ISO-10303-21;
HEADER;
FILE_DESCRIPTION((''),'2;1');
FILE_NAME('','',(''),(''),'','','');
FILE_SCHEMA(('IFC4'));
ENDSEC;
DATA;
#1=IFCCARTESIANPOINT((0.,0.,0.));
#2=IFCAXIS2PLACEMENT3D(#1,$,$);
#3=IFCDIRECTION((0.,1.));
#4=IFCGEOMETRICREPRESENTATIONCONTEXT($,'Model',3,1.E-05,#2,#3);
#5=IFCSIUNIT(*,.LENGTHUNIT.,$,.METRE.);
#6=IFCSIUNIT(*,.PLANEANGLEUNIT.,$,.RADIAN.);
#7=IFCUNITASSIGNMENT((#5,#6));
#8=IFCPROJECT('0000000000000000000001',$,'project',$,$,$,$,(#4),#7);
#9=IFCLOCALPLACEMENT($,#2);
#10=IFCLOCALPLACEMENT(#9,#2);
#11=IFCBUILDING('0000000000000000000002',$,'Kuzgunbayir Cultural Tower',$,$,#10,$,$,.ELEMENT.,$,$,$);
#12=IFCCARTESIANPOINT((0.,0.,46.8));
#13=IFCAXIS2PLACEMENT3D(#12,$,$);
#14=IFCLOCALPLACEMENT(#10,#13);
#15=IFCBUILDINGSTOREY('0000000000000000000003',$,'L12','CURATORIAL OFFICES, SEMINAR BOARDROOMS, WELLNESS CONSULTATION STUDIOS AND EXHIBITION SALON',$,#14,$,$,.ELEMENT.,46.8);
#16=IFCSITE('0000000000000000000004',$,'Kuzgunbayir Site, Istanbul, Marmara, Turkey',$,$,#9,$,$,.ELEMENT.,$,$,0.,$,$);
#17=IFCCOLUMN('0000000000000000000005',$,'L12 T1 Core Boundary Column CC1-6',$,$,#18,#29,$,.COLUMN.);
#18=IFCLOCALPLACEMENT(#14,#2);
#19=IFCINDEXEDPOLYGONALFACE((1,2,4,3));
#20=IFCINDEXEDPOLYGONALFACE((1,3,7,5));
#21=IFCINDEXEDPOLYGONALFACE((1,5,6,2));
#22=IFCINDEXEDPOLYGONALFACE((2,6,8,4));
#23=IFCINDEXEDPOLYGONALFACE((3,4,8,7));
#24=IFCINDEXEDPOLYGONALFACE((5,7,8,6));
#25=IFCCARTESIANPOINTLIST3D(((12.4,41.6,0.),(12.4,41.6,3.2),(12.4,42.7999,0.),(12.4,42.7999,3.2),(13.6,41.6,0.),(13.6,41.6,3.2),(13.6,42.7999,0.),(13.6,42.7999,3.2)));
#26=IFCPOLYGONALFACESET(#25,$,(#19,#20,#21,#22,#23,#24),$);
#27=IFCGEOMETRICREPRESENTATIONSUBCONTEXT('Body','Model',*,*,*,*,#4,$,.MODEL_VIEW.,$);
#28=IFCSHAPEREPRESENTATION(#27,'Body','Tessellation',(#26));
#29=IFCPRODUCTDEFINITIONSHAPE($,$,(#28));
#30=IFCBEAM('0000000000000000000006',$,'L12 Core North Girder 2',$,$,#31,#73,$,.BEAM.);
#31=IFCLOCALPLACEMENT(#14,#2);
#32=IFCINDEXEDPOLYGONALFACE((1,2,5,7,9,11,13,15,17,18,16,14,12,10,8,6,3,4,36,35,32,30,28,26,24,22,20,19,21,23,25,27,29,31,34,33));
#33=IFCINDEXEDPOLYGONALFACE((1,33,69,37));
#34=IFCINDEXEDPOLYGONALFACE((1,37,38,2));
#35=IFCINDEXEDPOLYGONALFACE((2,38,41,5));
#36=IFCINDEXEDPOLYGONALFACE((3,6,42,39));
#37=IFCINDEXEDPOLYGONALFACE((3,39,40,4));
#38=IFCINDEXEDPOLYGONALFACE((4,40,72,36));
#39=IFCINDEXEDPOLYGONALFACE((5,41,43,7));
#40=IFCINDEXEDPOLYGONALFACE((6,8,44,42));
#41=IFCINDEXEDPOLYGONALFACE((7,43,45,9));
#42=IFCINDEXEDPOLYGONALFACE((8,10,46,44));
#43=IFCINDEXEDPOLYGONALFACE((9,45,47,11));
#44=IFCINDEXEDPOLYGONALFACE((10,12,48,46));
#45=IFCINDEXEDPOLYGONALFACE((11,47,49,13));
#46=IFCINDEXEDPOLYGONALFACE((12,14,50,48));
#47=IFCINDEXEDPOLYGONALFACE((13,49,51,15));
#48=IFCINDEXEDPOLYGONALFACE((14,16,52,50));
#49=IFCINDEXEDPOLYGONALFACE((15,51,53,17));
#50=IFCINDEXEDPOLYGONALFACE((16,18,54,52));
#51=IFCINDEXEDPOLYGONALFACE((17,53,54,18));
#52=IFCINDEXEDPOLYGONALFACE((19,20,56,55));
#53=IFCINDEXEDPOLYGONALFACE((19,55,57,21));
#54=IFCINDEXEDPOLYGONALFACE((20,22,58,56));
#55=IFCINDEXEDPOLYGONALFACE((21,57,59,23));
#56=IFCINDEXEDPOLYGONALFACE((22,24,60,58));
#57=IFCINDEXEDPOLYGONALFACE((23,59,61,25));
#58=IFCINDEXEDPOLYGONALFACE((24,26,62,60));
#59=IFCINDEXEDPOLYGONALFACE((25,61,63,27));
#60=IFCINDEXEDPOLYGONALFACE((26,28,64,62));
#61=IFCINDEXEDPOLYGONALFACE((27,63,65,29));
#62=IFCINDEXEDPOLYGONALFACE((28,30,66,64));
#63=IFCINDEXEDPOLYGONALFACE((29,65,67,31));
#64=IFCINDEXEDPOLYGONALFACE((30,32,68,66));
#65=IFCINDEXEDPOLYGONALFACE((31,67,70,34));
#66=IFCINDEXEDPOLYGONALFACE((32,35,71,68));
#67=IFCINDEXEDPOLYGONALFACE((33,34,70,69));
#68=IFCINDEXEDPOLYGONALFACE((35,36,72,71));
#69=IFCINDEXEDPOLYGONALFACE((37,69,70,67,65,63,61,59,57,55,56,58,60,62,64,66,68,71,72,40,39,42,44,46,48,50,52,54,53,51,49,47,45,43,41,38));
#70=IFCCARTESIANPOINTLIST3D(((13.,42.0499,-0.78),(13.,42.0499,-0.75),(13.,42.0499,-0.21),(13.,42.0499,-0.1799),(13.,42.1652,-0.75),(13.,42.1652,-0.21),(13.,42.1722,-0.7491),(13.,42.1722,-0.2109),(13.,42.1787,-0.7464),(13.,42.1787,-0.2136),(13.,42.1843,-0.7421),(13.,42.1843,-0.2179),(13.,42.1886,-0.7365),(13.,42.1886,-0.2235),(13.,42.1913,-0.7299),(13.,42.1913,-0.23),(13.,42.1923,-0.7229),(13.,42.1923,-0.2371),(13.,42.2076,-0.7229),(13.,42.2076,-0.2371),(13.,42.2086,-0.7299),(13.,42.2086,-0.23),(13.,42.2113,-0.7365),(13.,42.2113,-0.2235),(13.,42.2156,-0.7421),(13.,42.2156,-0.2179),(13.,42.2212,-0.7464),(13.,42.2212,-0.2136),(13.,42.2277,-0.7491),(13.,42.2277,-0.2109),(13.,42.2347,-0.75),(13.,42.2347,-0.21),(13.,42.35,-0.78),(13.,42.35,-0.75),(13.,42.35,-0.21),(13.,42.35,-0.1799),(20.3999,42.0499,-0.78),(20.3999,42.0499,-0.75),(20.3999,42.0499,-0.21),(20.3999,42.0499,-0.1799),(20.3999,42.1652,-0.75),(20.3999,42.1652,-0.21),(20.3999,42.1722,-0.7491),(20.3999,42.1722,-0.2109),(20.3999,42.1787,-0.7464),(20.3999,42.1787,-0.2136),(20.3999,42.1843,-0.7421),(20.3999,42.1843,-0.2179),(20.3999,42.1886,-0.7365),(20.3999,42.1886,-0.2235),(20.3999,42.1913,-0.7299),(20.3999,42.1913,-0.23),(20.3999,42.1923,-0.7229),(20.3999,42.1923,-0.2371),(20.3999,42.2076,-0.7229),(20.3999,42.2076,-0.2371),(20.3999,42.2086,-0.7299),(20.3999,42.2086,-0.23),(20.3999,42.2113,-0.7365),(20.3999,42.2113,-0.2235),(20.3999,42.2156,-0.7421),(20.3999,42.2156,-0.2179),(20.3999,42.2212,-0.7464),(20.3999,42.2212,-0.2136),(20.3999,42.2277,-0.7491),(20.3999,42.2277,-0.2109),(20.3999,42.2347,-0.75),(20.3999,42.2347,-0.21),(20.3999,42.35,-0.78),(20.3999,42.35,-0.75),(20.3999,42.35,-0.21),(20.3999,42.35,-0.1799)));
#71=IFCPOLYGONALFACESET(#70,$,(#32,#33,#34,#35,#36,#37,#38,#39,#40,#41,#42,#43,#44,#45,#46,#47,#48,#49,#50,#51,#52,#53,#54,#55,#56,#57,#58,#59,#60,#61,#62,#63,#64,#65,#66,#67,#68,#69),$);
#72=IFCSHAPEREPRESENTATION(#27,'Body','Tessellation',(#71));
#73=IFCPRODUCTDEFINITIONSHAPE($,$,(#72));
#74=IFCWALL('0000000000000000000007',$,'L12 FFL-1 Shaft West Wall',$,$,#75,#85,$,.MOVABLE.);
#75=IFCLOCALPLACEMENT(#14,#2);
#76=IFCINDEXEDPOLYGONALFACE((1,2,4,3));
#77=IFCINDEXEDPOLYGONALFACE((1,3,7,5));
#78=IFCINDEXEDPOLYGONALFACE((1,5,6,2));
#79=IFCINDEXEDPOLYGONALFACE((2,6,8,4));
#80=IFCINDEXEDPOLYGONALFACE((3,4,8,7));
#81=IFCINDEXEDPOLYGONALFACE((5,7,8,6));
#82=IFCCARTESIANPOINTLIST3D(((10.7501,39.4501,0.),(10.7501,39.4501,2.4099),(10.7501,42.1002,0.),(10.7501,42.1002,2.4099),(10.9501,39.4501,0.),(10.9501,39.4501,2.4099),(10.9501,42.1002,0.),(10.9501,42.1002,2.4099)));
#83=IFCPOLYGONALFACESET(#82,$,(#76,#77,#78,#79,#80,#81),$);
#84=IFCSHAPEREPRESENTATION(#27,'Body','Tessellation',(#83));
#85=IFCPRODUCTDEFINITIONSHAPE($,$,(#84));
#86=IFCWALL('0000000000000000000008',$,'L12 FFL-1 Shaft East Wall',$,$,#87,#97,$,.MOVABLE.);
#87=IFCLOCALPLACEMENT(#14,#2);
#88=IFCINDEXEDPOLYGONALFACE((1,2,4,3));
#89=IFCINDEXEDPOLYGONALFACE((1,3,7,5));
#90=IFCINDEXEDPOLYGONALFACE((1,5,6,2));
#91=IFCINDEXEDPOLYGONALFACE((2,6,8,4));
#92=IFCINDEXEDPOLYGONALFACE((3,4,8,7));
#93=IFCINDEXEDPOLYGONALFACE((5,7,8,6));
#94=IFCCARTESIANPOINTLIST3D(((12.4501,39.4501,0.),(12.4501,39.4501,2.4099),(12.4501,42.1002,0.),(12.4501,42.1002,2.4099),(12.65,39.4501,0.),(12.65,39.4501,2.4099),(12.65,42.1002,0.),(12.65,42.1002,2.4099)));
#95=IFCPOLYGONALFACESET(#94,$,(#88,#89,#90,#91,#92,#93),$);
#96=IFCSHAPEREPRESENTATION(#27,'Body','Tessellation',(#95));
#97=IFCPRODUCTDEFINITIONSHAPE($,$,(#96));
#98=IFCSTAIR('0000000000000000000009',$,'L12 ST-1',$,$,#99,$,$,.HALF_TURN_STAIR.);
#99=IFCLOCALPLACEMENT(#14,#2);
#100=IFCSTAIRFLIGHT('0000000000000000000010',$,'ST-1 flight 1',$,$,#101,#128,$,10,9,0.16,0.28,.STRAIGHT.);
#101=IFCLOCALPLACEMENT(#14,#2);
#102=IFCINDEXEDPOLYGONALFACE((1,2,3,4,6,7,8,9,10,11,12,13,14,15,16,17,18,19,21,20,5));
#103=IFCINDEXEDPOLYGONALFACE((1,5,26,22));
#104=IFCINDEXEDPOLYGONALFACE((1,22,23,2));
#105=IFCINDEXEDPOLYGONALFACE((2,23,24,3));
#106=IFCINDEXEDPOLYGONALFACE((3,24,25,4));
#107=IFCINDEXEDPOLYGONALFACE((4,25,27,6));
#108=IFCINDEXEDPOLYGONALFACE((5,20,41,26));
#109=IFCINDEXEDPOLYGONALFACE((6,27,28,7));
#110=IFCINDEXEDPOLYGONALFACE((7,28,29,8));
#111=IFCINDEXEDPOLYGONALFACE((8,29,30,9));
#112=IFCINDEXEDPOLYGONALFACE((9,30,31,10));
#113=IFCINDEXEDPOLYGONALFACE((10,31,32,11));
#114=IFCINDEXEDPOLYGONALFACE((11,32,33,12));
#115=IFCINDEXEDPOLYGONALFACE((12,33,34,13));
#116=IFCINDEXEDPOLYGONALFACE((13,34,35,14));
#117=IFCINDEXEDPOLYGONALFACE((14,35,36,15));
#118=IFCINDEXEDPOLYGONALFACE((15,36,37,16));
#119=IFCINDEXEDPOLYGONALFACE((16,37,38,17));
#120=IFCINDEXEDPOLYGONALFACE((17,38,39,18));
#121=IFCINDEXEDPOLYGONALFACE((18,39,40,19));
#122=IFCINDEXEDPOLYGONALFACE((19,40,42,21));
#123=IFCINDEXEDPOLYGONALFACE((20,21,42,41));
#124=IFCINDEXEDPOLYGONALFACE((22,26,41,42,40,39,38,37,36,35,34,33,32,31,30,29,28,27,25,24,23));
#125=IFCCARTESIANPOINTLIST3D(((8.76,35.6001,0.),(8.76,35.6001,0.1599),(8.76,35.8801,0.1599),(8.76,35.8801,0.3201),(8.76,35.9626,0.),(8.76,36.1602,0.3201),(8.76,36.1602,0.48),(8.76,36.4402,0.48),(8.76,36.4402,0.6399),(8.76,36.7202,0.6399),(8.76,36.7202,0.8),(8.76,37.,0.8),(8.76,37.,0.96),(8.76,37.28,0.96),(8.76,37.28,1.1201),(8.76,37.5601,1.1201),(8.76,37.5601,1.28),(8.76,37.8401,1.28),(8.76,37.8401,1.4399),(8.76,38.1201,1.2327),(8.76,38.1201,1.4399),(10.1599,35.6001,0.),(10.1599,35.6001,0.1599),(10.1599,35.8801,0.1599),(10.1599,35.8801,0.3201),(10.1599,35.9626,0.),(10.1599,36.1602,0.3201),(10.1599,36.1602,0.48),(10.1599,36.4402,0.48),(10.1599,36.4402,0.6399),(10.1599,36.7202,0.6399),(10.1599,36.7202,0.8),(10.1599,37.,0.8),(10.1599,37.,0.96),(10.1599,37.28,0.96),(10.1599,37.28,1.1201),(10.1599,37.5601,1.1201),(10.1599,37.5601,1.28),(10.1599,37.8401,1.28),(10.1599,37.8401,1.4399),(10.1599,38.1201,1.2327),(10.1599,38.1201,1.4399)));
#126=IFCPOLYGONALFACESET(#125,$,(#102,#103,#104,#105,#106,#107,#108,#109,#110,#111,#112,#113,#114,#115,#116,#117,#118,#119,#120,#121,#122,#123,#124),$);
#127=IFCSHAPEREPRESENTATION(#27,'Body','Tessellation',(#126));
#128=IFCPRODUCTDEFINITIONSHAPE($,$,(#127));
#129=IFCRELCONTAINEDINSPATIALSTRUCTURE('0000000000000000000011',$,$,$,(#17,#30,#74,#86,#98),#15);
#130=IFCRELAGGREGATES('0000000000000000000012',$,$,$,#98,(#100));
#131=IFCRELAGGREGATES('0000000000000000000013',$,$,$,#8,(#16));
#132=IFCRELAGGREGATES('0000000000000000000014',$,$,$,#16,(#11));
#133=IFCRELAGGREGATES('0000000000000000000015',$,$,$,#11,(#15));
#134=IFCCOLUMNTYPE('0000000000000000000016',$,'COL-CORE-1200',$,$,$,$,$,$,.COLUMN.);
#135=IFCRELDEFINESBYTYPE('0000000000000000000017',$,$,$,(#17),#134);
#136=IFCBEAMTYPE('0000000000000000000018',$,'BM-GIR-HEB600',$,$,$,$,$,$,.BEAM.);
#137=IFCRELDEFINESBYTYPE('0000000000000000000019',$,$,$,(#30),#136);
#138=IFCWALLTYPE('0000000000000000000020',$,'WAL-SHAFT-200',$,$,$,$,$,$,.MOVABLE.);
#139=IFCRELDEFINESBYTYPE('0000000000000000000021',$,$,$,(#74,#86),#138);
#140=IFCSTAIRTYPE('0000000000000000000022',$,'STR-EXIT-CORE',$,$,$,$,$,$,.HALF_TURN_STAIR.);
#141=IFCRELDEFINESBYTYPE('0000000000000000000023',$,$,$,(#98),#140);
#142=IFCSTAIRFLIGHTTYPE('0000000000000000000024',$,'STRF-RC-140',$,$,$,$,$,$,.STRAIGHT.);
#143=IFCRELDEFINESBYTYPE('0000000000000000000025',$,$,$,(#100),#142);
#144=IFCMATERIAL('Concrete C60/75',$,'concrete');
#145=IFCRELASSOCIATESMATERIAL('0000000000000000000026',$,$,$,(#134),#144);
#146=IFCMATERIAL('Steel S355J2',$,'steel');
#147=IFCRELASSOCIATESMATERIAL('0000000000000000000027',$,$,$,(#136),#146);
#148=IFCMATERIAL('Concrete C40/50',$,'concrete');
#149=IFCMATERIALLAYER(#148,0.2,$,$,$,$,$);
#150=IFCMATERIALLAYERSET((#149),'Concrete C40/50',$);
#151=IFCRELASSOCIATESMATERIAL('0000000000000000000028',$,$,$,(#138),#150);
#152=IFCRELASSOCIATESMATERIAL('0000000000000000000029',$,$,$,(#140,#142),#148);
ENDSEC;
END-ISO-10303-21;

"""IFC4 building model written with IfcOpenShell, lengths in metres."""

from ifc_helpers import new_model, si_unit, direction, frame, frame_2d, origin, origin_2d, place, context, subcontext, project, spatial, polyline, rectangle, i_section, outline, extrude, material, layer, layer_set, material_profile, profile_set, type_object, element, aggregate, save


model = new_model("IFC4")

# Units and contexts
model_context = context("Model", 3, precision=1e-05, world=origin(), true_north=direction((0.0, 1.0)))
body_context = subcontext(model_context, "Body", "Model", "MODEL_VIEW")
ifc_project = project(units=[si_unit("LENGTHUNIT", "METRE"), si_unit("PLANEANGLEUNIT", "RADIAN")], contexts=[model_context])

# Site, building, storey
site_placement = place(None, origin())
site = spatial("IfcSite", under=ifc_project, at=site_placement, Name="Kuzgunbayir Site, Istanbul, Marmara, Turkey", CompositionType="ELEMENT", RefElevation=0.0)
building_placement = place(site_placement, origin())
building = spatial("IfcBuilding", under=site, at=building_placement, Name="Kuzgunbayir Cultural Tower", CompositionType="ELEMENT")
storey_placement = place(building_placement, frame((0.0, 0.0, 46.8)))
storey = spatial("IfcBuildingStorey", under=building, at=storey_placement, Name="L12", Description="CURATORIAL OFFICES, SEMINAR BOARDROOMS, WELLNESS CONSULTATION STUDIOS AND EXHIBITION SALON", CompositionType="ELEMENT", Elevation=46.8)

# Column
ifc_material_1 = material(Name="Concrete C60/75", Category="concrete")
ifc_material_profile_1 = material_profile(ifc_material_1, rectangle(XDim=1.2, YDim=1.2, at=origin_2d()), Name="RC 1200x1200")
ifc_profile_set_1 = profile_set([ifc_material_profile_1], Name="Concrete C60/75")
column_type = type_object("IfcColumnType", Name="COL-CORE-1200", PredefinedType="COLUMN", material=ifc_profile_set_1)
column_placement = place(storey_placement, frame((13.0, 42.2, 0.0), z_axis=(0.0, 0.0, 1.0), x_axis=(1.0, 0.0, 0.0)))
element("IfcColumn", 1, at=column_placement, inside=storey, type_object=column_type, Name="L12 T1 Core Boundary Column CC1-6", PredefinedType="COLUMN", context=body_context, shape_type="SweptSolid", body=[
    extrude(rectangle(XDim=1.2, YDim=1.2, at=origin_2d()), origin(), (0.0, 0.0, 1.0), 3.2),
])

# Beam
ifc_material_2 = material(Name="Steel S355J2", Category="steel")
ifc_material_profile_2 = material_profile(ifc_material_2, i_section(OverallWidth=0.3, OverallDepth=0.6001, WebThickness=0.0154, FlangeThickness=0.03, FilletRadius=0.0271, at=origin_2d()), Name="HEB 600")
ifc_profile_set_2 = profile_set([ifc_material_profile_2], Name="Steel S355J2")
beam_type = type_object("IfcBeamType", Name="BM-GIR-HEB600", PredefinedType="BEAM", material=ifc_profile_set_2)
beam_placement = place(storey_placement, frame((13.0, 42.2, -0.48), z_axis=(1.0, 0.0, 0.0), x_axis=(0.0, 1.0, 0.0)))
element("IfcBeam", 2, at=beam_placement, inside=storey, type_object=beam_type, Name="L12 Core North Girder 2", PredefinedType="BEAM", context=body_context, shape_type="SweptSolid", body=[
    extrude(i_section(OverallWidth=0.3, OverallDepth=0.6001, WebThickness=0.0154, FlangeThickness=0.03, FilletRadius=0.0271, at=origin_2d()), origin(), (0.0, 0.0, 1.0), 7.3999),
])

# Shared definitions
ifc_material_3 = material(Name="Concrete C40/50", Category="concrete")
ifc_layer_1 = layer(ifc_material_3, 0.2)
ifc_layer_set_1 = layer_set([ifc_layer_1], Name="Concrete C40/50")
wall_type = type_object("IfcWallType", Name="WAL-SHAFT-200", PredefinedType="MOVABLE", material=ifc_layer_set_1)

# Walls
for number, where, z_axis, x_axis, name in (
    (3, (10.8501, 39.45, 0.0), (0.0, 0.0, 1.0), (0.0, 1.0, 0.0), "L12 FFL-1 Shaft West Wall"),
    (4, (12.55, 39.45, 0.0), (0.0, 0.0, 1.0), (0.0, 1.0, 0.0), "L12 FFL-1 Shaft East Wall"),
):
    element("IfcWall", number, at=place(storey_placement, frame(where, z_axis=z_axis, x_axis=x_axis)), inside=storey, type_object=wall_type, Name=name, PredefinedType="MOVABLE", context=body_context, shape_type="SweptSolid", body=[
        extrude(rectangle(XDim=2.6501, YDim=0.2, at=frame_2d((1.3252, 0.0))), origin(), (0.0, 0.0, 1.0), 2.4099),
    ])

# Stair, stair flight
stair_type = type_object("IfcStairType", Name="STR-EXIT-CORE", PredefinedType="HALF_TURN_STAIR", material=ifc_material_3)
stair_placement = place(storey_placement, origin())
stair = element("IfcStair", 5, at=stair_placement, inside=storey, type_object=stair_type, Name="L12 ST-1", PredefinedType="HALF_TURN_STAIR")
stair_flight_type = type_object("IfcStairFlightType", Name="STRF-RC-140", PredefinedType="STRAIGHT", material=ifc_material_3)
stair_flight_placement = place(storey_placement, frame((9.46, 35.6001, 0.0), z_axis=(0.0, 0.0, 1.0), x_axis=(0.0, 1.0, 0.0)))
stair_flight = element("IfcStairFlight", 6, at=stair_flight_placement, type_object=stair_flight_type, Name="ST-1 flight 1", NumberOfRisers=10, NumberOfTreads=9, PredefinedType="STRAIGHT", RiserHeight=0.16, TreadLength=0.28, context=body_context, shape_type="SweptSolid", body=[
    extrude(outline(polyline([(0.0, 0.0), (0.0, 0.1599), (0.28, 0.1599), (0.28, 0.3201), (0.5601, 0.3201), (0.5601, 0.48), (0.8401, 0.48), (0.8401, 0.6399), (1.1201, 0.6399), (1.1201, 0.8), (1.3999, 0.8), (1.3999, 0.96), (1.6799, 0.96), (1.6799, 1.1201), (1.96, 1.1201), (1.96, 1.28), (2.24, 1.28), (2.24, 1.4399), (2.52, 1.4399), (2.52, 1.6001), (2.52, 1.2327), (0.3625, 0.0), (0.0, 0.0)])), frame((0.0, 0.7, 0.0), z_axis=(0.0, -1.0, 0.0), x_axis=(1.0, 0.0, 0.0)), (0.0, 0.0, 1.0), 1.3999),
])
aggregate(stair, [stair_flight])

save(model, "model.ifc")
